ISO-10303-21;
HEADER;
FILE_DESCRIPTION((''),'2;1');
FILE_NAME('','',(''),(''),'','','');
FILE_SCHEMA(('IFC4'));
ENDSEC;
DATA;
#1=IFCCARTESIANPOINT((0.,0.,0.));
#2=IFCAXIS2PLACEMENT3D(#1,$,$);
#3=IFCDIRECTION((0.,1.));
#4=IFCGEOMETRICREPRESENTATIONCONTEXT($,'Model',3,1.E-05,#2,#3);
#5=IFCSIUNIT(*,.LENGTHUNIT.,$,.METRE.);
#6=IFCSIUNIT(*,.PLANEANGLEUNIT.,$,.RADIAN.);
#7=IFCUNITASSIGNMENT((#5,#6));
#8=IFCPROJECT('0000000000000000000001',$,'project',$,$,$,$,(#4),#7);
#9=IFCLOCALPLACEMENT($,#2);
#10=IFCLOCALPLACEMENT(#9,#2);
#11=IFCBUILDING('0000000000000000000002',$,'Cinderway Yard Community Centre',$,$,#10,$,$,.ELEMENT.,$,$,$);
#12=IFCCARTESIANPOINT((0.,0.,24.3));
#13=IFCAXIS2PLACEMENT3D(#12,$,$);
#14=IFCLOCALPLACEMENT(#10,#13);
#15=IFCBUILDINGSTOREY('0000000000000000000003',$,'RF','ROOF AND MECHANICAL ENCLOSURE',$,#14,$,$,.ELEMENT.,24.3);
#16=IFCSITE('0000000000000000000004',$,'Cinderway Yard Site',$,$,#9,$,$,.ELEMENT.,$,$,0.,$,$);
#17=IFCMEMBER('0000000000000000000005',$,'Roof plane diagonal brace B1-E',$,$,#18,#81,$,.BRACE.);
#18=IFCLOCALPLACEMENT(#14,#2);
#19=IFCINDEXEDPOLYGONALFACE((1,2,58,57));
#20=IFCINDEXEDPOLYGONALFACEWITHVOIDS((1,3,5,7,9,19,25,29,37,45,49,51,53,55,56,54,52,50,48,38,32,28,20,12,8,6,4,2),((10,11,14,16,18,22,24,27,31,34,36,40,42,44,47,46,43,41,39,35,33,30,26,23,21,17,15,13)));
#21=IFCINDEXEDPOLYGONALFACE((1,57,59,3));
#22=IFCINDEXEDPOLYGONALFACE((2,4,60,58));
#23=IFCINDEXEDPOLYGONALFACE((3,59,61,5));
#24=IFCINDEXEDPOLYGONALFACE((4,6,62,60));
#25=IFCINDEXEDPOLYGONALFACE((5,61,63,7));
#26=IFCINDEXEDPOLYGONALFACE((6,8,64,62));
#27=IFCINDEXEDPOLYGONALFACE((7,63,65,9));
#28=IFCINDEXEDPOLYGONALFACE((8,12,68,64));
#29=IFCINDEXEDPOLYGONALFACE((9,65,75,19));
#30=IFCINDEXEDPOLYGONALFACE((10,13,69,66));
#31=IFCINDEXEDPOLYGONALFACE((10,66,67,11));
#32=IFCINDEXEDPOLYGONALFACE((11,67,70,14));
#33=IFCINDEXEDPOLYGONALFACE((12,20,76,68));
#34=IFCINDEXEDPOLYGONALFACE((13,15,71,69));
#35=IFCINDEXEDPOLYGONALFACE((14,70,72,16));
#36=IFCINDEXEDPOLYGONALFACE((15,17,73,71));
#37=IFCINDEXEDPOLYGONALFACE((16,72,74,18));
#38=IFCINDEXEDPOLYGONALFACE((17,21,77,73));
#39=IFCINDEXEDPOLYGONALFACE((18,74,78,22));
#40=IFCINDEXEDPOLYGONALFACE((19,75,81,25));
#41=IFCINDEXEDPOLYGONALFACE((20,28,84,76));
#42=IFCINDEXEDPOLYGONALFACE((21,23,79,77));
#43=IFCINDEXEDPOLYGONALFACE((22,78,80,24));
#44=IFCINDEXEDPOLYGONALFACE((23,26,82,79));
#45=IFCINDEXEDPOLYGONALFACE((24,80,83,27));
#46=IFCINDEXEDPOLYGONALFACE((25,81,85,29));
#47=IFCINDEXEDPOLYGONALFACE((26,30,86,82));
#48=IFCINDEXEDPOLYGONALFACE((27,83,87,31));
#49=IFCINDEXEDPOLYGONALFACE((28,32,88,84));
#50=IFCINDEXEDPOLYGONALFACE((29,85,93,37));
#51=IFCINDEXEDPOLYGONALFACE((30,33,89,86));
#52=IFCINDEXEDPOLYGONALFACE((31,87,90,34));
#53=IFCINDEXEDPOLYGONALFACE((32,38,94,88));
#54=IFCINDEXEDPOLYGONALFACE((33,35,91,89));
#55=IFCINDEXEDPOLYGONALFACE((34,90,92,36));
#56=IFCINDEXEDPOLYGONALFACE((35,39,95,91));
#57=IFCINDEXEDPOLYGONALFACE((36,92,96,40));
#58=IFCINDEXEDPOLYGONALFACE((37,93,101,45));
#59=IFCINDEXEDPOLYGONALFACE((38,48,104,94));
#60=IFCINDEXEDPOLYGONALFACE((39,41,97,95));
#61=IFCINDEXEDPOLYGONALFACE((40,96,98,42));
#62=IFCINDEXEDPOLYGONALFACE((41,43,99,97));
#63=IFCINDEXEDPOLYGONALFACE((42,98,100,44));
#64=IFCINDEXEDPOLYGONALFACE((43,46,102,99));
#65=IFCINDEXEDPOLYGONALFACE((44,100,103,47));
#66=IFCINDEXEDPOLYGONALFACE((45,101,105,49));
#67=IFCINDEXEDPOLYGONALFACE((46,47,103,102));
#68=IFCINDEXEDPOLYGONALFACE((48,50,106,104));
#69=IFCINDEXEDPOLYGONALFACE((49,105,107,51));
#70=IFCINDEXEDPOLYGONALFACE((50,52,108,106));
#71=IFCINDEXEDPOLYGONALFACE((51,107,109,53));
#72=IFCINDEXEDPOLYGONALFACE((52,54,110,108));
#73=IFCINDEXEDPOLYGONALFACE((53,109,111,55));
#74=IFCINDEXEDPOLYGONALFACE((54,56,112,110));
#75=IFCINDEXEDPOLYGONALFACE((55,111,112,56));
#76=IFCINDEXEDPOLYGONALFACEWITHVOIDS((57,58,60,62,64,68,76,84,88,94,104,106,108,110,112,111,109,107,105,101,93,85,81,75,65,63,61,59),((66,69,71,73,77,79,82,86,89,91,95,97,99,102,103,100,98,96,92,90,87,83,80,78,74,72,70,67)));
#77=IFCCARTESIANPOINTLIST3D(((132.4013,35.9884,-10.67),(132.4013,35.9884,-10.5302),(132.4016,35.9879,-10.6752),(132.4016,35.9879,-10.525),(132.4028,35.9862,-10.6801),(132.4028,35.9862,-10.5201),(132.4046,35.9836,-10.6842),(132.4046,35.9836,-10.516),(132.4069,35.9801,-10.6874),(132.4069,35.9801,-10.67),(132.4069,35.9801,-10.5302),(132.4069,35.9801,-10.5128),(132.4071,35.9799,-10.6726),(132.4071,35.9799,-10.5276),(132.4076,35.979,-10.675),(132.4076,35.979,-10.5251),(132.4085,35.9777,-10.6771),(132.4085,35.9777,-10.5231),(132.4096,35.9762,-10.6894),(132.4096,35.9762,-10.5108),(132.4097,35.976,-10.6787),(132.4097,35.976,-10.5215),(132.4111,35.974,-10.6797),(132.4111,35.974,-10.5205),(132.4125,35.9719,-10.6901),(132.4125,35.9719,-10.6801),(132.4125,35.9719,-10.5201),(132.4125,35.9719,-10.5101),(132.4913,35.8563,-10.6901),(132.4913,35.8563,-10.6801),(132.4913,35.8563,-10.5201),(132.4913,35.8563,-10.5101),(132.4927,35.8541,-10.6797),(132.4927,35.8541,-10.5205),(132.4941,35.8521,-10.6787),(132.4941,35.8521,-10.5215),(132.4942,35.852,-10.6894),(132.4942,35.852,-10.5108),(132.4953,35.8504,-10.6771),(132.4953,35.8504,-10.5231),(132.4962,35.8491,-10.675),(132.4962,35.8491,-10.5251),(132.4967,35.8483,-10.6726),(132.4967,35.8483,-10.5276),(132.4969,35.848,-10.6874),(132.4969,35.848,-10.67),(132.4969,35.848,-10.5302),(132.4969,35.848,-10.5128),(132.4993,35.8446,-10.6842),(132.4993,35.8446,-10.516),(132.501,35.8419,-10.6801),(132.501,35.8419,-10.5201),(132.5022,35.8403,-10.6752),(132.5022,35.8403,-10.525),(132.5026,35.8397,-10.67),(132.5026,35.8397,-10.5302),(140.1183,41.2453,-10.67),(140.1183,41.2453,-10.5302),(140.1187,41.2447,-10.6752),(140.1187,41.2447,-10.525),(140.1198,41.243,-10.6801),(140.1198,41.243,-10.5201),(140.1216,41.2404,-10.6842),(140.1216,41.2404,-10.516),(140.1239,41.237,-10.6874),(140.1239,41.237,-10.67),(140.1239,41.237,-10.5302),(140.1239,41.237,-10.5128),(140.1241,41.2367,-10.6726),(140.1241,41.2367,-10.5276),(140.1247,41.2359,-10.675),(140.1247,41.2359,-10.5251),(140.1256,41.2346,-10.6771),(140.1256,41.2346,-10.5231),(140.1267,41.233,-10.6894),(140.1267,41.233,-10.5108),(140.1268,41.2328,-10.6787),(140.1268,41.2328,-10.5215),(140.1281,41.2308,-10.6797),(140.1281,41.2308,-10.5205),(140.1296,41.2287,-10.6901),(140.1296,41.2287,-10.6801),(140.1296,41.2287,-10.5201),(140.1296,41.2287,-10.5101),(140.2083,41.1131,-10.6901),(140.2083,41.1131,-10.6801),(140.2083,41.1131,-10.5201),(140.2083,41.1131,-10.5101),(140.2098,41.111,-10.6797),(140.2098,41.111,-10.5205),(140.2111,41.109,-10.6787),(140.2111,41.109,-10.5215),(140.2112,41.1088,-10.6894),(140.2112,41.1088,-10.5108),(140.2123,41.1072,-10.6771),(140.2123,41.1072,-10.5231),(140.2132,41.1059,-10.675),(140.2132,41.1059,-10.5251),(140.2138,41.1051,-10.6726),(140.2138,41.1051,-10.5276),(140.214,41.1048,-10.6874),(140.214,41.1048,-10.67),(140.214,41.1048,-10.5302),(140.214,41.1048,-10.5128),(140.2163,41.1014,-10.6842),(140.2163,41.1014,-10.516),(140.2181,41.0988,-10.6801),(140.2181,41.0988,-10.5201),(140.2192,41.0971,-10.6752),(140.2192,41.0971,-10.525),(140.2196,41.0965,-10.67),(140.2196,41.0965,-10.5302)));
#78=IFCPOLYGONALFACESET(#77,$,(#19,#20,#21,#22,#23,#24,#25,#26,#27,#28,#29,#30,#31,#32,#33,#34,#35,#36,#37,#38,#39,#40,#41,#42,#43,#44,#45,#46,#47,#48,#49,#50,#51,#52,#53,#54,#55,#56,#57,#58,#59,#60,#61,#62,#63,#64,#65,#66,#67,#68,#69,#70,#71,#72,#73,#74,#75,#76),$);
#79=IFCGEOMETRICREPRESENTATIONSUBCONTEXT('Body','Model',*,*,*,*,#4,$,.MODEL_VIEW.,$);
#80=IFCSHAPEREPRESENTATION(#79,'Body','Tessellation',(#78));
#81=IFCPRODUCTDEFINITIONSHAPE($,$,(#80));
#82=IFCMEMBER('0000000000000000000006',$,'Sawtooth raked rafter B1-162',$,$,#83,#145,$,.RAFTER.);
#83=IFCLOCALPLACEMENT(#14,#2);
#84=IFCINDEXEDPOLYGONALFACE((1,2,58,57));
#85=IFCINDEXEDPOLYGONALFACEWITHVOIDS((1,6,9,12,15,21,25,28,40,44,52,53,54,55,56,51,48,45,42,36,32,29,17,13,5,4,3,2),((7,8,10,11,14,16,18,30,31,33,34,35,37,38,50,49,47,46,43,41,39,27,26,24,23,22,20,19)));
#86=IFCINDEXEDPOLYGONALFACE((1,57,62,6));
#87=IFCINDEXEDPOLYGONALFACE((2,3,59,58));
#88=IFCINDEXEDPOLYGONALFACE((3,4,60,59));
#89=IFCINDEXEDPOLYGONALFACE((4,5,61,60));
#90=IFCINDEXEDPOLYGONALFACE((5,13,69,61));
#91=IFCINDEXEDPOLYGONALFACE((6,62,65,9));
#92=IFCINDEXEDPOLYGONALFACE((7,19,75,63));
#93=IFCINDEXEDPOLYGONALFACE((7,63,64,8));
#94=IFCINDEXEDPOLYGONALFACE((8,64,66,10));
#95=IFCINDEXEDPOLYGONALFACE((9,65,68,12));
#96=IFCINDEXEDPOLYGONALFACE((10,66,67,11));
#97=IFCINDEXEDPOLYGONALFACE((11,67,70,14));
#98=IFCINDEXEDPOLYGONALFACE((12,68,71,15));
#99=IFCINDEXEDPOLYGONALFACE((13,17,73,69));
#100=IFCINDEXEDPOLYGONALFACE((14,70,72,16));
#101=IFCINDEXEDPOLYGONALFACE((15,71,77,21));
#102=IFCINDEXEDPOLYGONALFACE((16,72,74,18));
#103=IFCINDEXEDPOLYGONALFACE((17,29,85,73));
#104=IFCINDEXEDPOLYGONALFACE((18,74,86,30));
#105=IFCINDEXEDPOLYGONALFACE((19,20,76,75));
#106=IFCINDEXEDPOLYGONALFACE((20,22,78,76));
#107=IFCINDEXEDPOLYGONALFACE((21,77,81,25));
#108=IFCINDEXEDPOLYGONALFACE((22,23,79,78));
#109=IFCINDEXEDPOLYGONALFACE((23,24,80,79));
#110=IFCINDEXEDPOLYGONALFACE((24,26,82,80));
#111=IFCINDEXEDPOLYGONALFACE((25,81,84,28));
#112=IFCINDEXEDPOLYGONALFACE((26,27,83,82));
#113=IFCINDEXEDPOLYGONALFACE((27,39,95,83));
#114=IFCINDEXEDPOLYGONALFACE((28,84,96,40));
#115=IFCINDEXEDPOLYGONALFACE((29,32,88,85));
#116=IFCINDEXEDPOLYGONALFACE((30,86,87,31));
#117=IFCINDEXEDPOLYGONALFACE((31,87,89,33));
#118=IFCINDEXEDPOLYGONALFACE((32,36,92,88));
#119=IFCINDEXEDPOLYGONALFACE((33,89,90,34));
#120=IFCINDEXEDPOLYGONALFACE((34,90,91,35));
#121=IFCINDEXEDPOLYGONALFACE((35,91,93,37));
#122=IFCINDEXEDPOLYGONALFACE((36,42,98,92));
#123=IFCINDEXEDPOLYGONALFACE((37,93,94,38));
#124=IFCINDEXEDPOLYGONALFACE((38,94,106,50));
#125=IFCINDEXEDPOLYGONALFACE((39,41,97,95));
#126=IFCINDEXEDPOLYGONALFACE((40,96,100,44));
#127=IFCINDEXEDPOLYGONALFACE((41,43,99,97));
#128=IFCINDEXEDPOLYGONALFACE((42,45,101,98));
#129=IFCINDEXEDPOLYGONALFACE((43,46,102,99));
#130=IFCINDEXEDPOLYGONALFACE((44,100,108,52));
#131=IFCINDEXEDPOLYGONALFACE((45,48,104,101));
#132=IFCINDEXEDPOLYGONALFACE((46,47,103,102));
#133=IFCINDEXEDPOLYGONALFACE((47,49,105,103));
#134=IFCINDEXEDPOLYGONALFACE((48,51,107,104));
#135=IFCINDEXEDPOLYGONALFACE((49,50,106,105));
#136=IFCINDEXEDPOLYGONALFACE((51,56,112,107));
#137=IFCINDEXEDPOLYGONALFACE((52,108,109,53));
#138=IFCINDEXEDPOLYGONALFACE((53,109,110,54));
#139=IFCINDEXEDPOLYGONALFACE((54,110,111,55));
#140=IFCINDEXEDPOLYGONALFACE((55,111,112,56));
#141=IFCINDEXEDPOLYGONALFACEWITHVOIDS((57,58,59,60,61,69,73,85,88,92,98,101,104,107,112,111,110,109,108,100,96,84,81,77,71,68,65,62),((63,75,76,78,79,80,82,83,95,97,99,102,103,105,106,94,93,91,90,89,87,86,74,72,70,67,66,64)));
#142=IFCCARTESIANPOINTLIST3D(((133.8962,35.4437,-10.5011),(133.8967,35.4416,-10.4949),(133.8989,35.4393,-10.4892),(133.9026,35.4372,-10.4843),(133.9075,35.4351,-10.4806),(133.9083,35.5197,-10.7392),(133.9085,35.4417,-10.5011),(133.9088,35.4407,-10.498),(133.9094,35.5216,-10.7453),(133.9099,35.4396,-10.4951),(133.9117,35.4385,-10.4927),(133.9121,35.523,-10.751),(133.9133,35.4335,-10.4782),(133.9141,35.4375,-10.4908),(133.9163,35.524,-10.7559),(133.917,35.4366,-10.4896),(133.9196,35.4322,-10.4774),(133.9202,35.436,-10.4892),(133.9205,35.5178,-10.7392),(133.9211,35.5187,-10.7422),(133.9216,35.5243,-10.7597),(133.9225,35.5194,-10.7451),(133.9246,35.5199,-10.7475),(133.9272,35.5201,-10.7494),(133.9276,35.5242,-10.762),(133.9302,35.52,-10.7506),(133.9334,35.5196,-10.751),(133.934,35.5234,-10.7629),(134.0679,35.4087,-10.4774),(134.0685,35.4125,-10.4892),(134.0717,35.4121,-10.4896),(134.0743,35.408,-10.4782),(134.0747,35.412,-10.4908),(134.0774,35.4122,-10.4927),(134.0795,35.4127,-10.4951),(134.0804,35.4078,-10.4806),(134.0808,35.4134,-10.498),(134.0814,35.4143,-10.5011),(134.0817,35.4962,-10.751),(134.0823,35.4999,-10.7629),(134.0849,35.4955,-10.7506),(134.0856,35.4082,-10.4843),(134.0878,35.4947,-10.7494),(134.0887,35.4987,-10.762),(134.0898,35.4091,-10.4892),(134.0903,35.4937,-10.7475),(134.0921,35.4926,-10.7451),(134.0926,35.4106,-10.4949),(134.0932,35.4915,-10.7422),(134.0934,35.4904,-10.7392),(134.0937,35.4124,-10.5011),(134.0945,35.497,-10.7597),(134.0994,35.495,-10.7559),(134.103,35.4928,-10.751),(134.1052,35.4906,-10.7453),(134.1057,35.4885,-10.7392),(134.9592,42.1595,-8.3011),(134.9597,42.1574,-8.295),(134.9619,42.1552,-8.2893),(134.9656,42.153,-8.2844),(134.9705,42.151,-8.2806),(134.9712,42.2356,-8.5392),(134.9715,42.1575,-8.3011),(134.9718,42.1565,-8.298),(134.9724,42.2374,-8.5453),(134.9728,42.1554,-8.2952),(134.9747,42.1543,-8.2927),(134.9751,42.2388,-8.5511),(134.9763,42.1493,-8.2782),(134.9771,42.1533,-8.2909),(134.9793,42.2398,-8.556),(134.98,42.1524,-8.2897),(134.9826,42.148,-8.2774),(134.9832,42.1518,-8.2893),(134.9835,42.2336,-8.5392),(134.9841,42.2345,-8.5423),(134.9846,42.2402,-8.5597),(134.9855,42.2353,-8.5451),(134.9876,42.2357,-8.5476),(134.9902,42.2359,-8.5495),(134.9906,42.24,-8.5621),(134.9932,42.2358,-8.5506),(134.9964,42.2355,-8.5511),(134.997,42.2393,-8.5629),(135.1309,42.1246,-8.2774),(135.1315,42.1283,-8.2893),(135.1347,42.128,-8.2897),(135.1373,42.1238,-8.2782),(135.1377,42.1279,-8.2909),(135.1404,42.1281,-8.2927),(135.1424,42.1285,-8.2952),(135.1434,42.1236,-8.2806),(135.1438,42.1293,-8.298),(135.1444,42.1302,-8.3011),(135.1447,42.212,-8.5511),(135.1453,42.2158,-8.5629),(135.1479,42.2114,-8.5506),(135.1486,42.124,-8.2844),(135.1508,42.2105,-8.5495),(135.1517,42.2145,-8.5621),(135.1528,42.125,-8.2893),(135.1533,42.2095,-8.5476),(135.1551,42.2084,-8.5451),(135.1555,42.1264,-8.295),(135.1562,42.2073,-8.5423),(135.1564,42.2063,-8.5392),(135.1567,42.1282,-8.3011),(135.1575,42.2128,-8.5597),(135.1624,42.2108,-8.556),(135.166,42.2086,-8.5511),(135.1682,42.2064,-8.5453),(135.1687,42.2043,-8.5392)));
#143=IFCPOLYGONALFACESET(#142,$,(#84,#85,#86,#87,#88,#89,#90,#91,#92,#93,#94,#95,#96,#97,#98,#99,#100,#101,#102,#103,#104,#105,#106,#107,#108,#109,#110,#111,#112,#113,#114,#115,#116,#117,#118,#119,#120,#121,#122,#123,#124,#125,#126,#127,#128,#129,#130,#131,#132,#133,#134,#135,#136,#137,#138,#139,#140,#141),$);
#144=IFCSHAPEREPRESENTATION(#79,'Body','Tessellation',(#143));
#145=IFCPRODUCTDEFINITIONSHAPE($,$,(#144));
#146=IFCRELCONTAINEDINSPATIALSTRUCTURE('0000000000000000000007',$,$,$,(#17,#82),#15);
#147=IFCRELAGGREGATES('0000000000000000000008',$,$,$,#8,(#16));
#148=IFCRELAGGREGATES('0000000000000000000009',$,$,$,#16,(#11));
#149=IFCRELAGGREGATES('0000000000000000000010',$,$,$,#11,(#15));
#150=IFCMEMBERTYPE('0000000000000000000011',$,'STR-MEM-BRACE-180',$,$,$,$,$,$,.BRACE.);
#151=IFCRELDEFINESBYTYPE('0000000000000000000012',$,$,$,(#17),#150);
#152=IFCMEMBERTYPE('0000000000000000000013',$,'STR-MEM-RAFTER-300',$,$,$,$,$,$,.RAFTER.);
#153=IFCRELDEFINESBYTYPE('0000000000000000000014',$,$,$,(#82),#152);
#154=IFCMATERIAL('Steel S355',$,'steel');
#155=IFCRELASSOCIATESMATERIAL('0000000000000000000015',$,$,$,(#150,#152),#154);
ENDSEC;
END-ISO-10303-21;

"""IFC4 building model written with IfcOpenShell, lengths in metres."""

from ifc_helpers import new_model, si_unit, direction, frame, origin, origin_2d, place, context, subcontext, project, spatial, hollow_rectangle, extrude, material, material_profile, profile_set, type_object, element, save


model = new_model("IFC4")

# Units and contexts
model_context = context("Model", 3, precision=1e-05, world=origin(), true_north=direction((0.0, 1.0)))
body_context = subcontext(model_context, "Body", "Model", "MODEL_VIEW")
ifc_project = project(units=[si_unit("LENGTHUNIT", "METRE"), si_unit("PLANEANGLEUNIT", "RADIAN")], contexts=[model_context])

# Site, building, storey
site_placement = place(None, origin())
site = spatial("IfcSite", under=ifc_project, at=site_placement, Name="Cinderway Yard Site", CompositionType="ELEMENT", RefElevation=0.0)
building_placement = place(site_placement, origin())
building = spatial("IfcBuilding", under=site, at=building_placement, Name="Cinderway Yard Community Centre", CompositionType="ELEMENT")
storey_placement = place(building_placement, frame((0.0, 0.0, 24.3)))
storey = spatial("IfcBuildingStorey", under=building, at=storey_placement, Name="RF", Description="ROOF AND MECHANICAL ENCLOSURE", CompositionType="ELEMENT", Elevation=24.3)

# Members
ifc_material_1 = material(Name="Steel S355", Category="steel")
ifc_material_profile_1 = material_profile(ifc_material_1, hollow_rectangle(XDim=0.1799, YDim=0.1799, WallThickness=0.01, InnerFilletRadius=0.01, OuterFilletRadius=0.02, at=origin_2d()), Name="Steel S355")
ifc_profile_set_1 = profile_set([ifc_material_profile_1], Name="Steel S355")
member_type_1 = type_object("IfcMemberType", Name="STR-MEM-BRACE-180", PredefinedType="BRACE", material=ifc_profile_set_1)
member_1_placement = place(storey_placement, frame((132.4519, 35.9141, -10.6001), z_axis=(0.826466, 0.562987, 0.0), x_axis=(-0.562987, 0.826466, 0.0)))
element("IfcMember", 1, at=member_1_placement, inside=storey, type_object=member_type_1, Name="Roof plane diagonal brace B1-E", PredefinedType="BRACE", context=body_context, shape_type="SweptSolid", body=[
    extrude(hollow_rectangle(XDim=0.1799, YDim=0.1799, WallThickness=0.01, InnerFilletRadius=0.01, OuterFilletRadius=0.02, at=origin_2d()), origin(), (0.0, 0.0, 1.0), 9.3374),
])
ifc_material_profile_2 = material_profile(ifc_material_1, hollow_rectangle(XDim=0.2, YDim=0.3, WallThickness=0.0125, InnerFilletRadius=0.0125, OuterFilletRadius=0.0249, at=origin_2d()), Name="Steel S355")
ifc_profile_set_2 = profile_set([ifc_material_profile_2], Name="Steel S355")
member_type_2 = type_object("IfcMemberType", Name="STR-MEM-RAFTER-300", PredefinedType="RAFTER", material=ifc_profile_set_2)
member_2_placement = place(storey_placement, frame((134.001, 35.4661, -10.6201), z_axis=(0.148743, 0.93974, 0.307838), x_axis=(-0.987704, 0.156335, 0.0)))
element("IfcMember", 2, at=member_2_placement, inside=storey, type_object=member_type_2, Name="Sawtooth raked rafter B1-162", PredefinedType="RAFTER", context=body_context, shape_type="SweptSolid", body=[
    extrude(hollow_rectangle(XDim=0.2, YDim=0.3, WallThickness=0.0125, InnerFilletRadius=0.0125, OuterFilletRadius=0.0249, at=origin_2d()), origin(), (0.0, 0.0, 1.0), 7.1465),
])

save(model, "model.ifc")
